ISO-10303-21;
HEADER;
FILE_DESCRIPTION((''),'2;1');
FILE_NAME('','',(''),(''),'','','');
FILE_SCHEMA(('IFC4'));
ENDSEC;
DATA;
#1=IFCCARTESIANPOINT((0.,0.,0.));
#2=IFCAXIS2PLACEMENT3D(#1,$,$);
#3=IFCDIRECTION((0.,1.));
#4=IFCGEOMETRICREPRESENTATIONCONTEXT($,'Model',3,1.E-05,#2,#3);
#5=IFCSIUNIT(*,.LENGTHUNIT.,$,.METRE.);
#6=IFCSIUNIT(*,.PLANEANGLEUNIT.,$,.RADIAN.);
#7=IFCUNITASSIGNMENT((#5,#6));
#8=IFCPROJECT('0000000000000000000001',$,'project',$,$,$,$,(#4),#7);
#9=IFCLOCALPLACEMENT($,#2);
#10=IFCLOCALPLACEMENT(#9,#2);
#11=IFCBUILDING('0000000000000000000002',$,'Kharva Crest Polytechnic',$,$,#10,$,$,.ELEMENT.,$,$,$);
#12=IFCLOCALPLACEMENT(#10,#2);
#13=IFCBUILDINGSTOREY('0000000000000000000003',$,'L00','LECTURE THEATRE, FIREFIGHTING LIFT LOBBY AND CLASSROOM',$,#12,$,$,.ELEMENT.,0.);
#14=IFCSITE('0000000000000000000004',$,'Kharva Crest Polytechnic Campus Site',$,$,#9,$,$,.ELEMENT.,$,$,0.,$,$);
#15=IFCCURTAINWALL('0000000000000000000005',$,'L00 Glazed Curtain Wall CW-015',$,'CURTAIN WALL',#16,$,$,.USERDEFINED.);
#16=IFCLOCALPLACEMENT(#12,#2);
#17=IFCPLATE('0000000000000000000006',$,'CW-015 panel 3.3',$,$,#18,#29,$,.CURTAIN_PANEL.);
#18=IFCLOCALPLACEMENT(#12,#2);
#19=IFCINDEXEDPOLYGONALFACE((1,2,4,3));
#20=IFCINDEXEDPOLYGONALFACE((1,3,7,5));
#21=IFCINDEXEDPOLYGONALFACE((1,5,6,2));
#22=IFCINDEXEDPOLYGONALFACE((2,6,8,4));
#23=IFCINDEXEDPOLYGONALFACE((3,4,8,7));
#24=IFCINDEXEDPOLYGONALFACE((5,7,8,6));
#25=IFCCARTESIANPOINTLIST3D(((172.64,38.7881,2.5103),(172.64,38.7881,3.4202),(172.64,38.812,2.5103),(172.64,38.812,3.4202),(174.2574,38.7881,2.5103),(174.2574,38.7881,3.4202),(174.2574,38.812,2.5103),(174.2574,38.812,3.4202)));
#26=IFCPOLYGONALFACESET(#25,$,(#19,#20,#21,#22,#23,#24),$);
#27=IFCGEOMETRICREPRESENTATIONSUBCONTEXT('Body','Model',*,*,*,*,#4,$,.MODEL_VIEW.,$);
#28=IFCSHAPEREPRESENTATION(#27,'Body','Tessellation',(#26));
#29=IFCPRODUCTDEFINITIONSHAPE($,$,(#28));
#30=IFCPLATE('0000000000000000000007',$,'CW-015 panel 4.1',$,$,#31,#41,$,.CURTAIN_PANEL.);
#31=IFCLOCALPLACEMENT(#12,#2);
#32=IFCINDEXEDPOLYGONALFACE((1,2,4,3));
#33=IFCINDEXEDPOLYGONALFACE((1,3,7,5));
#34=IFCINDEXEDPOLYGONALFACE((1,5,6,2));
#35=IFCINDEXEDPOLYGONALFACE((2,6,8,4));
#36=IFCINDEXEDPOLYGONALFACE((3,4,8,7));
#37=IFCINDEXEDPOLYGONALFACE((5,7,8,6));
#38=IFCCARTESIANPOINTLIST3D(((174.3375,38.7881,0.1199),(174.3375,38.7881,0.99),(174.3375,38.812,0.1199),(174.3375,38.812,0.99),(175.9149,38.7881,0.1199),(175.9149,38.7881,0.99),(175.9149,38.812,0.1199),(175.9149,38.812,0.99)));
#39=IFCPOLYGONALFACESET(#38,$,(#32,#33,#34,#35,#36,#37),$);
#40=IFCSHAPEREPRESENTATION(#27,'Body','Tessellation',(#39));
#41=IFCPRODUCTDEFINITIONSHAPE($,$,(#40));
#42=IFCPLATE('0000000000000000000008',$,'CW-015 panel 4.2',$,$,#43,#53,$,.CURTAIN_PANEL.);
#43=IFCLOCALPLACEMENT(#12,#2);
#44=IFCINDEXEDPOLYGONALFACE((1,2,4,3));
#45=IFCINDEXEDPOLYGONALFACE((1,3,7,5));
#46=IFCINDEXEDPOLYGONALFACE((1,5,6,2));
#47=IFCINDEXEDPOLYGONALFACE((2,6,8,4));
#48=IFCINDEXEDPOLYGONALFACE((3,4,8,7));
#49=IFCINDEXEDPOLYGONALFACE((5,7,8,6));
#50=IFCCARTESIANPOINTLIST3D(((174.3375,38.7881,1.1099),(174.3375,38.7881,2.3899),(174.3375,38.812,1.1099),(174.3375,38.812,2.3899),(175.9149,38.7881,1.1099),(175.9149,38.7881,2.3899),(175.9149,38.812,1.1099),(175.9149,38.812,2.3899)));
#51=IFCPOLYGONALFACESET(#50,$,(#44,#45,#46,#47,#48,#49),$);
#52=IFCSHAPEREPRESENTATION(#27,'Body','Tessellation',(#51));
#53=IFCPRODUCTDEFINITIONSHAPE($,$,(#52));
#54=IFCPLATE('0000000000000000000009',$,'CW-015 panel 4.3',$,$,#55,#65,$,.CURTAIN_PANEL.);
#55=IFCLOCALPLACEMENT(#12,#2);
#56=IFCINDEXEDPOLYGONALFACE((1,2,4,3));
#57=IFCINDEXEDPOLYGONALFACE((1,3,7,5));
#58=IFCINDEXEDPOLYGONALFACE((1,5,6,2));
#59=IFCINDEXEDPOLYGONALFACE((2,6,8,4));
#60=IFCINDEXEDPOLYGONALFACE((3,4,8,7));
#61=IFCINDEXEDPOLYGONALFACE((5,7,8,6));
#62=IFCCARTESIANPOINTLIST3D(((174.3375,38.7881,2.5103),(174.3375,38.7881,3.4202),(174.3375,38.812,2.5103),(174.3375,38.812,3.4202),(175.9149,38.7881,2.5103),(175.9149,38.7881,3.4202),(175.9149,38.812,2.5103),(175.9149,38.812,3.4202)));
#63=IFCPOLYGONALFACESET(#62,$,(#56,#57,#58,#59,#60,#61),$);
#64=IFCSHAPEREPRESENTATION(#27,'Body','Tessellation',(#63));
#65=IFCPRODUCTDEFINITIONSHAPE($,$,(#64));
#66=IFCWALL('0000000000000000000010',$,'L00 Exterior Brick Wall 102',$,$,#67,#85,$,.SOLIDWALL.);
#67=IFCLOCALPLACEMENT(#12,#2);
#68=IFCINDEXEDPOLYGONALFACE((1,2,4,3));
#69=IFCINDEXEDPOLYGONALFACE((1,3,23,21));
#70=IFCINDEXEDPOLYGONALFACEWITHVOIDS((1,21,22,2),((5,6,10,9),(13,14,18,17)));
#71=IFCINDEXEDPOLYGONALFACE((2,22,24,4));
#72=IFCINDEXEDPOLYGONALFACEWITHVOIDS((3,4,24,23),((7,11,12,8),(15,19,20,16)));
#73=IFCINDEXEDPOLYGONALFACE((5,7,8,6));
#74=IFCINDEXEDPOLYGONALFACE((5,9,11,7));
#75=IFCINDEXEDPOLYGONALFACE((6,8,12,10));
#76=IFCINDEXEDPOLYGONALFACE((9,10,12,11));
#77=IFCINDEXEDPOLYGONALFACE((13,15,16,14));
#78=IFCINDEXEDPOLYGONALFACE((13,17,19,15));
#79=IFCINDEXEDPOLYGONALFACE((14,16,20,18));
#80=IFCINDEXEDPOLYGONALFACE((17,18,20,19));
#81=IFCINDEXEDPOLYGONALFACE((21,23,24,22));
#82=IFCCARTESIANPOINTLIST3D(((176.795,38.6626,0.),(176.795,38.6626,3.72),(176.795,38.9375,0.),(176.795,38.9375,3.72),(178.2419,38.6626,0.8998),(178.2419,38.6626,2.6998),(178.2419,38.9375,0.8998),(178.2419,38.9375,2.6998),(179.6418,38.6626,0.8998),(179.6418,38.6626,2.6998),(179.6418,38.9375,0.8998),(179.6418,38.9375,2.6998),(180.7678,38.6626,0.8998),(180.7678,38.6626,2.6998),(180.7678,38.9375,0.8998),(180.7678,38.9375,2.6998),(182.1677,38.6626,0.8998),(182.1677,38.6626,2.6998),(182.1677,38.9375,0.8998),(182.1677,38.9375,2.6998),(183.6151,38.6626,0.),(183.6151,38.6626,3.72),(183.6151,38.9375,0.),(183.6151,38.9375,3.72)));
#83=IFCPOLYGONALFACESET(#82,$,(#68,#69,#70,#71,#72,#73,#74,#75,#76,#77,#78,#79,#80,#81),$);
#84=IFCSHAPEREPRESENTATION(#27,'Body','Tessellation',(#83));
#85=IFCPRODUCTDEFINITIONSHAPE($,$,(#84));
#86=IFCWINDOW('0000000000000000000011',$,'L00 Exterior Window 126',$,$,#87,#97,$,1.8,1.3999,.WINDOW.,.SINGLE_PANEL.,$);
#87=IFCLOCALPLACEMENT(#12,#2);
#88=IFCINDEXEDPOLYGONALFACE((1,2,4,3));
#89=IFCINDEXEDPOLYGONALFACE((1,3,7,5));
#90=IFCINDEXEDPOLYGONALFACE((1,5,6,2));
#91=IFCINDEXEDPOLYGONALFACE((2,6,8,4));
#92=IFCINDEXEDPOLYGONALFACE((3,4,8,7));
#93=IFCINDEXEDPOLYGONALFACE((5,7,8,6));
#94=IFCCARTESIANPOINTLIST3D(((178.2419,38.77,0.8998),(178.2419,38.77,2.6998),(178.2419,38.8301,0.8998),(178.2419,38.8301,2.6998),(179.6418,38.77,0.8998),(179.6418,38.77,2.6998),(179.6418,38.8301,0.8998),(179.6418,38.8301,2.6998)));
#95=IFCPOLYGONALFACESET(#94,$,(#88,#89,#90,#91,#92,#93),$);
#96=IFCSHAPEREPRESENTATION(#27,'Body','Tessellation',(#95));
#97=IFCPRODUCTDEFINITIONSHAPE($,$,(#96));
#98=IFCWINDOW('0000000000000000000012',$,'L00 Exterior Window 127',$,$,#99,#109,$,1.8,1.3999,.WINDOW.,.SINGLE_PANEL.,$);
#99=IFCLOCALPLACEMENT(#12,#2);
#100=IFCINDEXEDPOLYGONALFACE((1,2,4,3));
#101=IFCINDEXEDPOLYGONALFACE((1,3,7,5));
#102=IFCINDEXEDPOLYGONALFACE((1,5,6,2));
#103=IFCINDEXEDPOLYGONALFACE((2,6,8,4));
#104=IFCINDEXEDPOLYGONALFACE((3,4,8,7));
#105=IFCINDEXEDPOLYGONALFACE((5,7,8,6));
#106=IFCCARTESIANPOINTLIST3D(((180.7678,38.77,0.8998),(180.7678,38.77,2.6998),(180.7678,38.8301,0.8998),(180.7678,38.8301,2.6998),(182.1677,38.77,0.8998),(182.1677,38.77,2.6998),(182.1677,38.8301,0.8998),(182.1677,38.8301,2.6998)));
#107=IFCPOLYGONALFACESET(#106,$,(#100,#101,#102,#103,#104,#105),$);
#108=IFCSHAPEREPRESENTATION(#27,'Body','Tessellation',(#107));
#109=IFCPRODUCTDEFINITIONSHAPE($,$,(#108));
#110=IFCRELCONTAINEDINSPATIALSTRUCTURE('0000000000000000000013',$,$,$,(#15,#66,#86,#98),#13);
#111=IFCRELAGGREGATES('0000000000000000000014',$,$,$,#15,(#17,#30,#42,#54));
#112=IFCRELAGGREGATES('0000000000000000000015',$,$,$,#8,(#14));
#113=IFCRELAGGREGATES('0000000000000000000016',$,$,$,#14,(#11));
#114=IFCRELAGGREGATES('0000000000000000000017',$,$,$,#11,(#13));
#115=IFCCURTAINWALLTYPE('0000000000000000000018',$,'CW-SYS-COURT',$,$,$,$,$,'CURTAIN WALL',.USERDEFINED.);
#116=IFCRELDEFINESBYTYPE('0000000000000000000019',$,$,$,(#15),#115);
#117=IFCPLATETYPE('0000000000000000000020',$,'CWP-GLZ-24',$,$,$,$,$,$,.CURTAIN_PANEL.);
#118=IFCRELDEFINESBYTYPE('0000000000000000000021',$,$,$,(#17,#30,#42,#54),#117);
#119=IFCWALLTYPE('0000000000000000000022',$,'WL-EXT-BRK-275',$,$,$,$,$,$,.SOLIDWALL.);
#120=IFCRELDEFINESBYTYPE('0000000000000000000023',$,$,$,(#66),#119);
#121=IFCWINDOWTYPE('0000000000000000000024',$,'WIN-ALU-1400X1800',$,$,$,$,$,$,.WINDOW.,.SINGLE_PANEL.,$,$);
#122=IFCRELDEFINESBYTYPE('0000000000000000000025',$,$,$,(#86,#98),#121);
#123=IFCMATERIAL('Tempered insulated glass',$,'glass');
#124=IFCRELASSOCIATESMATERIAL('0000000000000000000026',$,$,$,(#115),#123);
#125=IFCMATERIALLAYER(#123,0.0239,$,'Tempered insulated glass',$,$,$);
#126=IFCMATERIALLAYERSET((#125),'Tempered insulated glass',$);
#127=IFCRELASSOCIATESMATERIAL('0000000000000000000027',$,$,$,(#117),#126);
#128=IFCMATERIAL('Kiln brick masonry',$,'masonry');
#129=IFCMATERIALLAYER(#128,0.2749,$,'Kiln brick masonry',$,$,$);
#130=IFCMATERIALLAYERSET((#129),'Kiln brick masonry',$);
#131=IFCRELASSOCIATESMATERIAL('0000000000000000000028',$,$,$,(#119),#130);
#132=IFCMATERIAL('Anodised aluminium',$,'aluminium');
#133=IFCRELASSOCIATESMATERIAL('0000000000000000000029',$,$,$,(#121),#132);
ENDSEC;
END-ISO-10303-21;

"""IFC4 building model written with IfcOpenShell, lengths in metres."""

from ifc_helpers import new_model, si_unit, direction, frame, frame_2d, origin, origin_2d, place, context, subcontext, project, spatial, rectangle, extrude, material, layer, layer_set, type_object, element, fill, aggregate, save


model = new_model("IFC4")

# Units and contexts
model_context = context("Model", 3, precision=1e-05, world=origin(), true_north=direction((0.0, 1.0)))
body_context = subcontext(model_context, "Body", "Model", "MODEL_VIEW")
ifc_project = project(units=[si_unit("LENGTHUNIT", "METRE"), si_unit("PLANEANGLEUNIT", "RADIAN")], contexts=[model_context])

# Site, building, storey
site_placement = place(None, origin())
site = spatial("IfcSite", under=ifc_project, at=site_placement, Name="Kharva Crest Polytechnic Campus Site", CompositionType="ELEMENT", RefElevation=0.0)
building_placement = place(site_placement, origin())
building = spatial("IfcBuilding", under=site, at=building_placement, Name="Kharva Crest Polytechnic", CompositionType="ELEMENT")
storey_placement = place(building_placement, origin())
storey = spatial("IfcBuildingStorey", under=building, at=storey_placement, Name="L00", Description="LECTURE THEATRE, FIREFIGHTING LIFT LOBBY AND CLASSROOM", CompositionType="ELEMENT", Elevation=0.0)

# Curtain wall
ifc_material_1 = material(Name="Tempered insulated glass", Category="glass")
curtain_wall_type = type_object("IfcCurtainWallType", Name="CW-SYS-COURT", ElementType="CURTAIN WALL", PredefinedType="USERDEFINED", material=ifc_material_1)
curtain_wall_placement = place(storey_placement, origin())
curtain_wall = element("IfcCurtainWall", 1, at=curtain_wall_placement, inside=storey, type_object=curtain_wall_type, Name="L00 Glazed Curtain Wall CW-015", ObjectType="CURTAIN WALL", PredefinedType="USERDEFINED")

# Plates
ifc_layer_1 = layer(ifc_material_1, 0.0239, Name="Tempered insulated glass")
ifc_layer_set_1 = layer_set([ifc_layer_1], Name="Tempered insulated glass")
plate_type = type_object("IfcPlateType", Name="CWP-GLZ-24", PredefinedType="CURTAIN_PANEL", material=ifc_layer_set_1)
plate_1_placement = place(storey_placement, frame((173.4487, 38.8, 2.5103), z_axis=(0.0, 0.0, 1.0), x_axis=(1.0, 0.0, 0.0)))
plate_1 = element("IfcPlate", 2, at=plate_1_placement, type_object=plate_type, Name="CW-015 panel 3.3", PredefinedType="CURTAIN_PANEL", context=body_context, shape_type="SweptSolid", body=[
    extrude(rectangle(XDim=1.6174, YDim=0.0239, at=origin_2d()), origin(), (0.0, 0.0, 1.0), 0.9099),
])
plate_2_placement = place(storey_placement, frame((175.1262, 38.8, 0.1199), z_axis=(0.0, 0.0, 1.0), x_axis=(1.0, 0.0, 0.0)))
plate_2 = element("IfcPlate", 3, at=plate_2_placement, type_object=plate_type, Name="CW-015 panel 4.1", PredefinedType="CURTAIN_PANEL", context=body_context, shape_type="SweptSolid", body=[
    extrude(rectangle(XDim=1.5774, YDim=0.0239, at=origin_2d()), origin(), (0.0, 0.0, 1.0), 0.8701),
])
plate_3_placement = place(storey_placement, frame((175.1262, 38.8, 1.1099), z_axis=(0.0, 0.0, 1.0), x_axis=(1.0, 0.0, 0.0)))
plate_3 = element("IfcPlate", 4, at=plate_3_placement, type_object=plate_type, Name="CW-015 panel 4.2", PredefinedType="CURTAIN_PANEL", context=body_context, shape_type="SweptSolid", body=[
    extrude(rectangle(XDim=1.5774, YDim=0.0239, at=origin_2d()), origin(), (0.0, 0.0, 1.0), 1.28),
])
plate_4_placement = place(storey_placement, frame((175.1262, 38.8, 2.5103), z_axis=(0.0, 0.0, 1.0), x_axis=(1.0, 0.0, 0.0)))
plate_4 = element("IfcPlate", 5, at=plate_4_placement, type_object=plate_type, Name="CW-015 panel 4.3", PredefinedType="CURTAIN_PANEL", context=body_context, shape_type="SweptSolid", body=[
    extrude(rectangle(XDim=1.5774, YDim=0.0239, at=origin_2d()), origin(), (0.0, 0.0, 1.0), 0.9099),
])
aggregate(curtain_wall, [plate_1, plate_2, plate_3, plate_4])

# Wall, openings, windows
ifc_material_2 = material(Name="Kiln brick masonry", Category="masonry")
ifc_layer_2 = layer(ifc_material_2, 0.2749, Name="Kiln brick masonry")
ifc_layer_set_2 = layer_set([ifc_layer_2], Name="Kiln brick masonry")
wall_type = type_object("IfcWallType", Name="WL-EXT-BRK-275", PredefinedType="SOLIDWALL", material=ifc_layer_set_2)
wall_placement = place(storey_placement, frame((176.7949, 38.8, 0.0), z_axis=(0.0, 0.0, 1.0), x_axis=(1.0, 0.0, 0.0)))
wall = element("IfcWall", 6, at=wall_placement, inside=storey, type_object=wall_type, Name="L00 Exterior Brick Wall 102", PredefinedType="SOLIDWALL", context=body_context, shape_type="SweptSolid", body=[
    extrude(rectangle(XDim=6.8201, YDim=0.2749, at=frame_2d((3.4102, 0.0))), origin(), (0.0, 0.0, 1.0), 3.72),
])
opening_1_placement = place(wall_placement, frame((1.447, 0.0, 0.8999)))
opening_1 = element("IfcOpeningElement", 7, at=opening_1_placement, cuts=wall, PredefinedType="OPENING", context=body_context, shape_type="SweptSolid", body=[
    extrude(rectangle(XDim=1.3999, YDim=1.8, at=frame_2d((0.7, 0.8999))), frame((0.0, 0.1475, 0.0), z_axis=(0.0, -1.0, 0.0), x_axis=(1.0, 0.0, 0.0)), (0.0, 0.0, 1.0), 0.2949),
])
opening_2_placement = place(wall_placement, frame((3.9729, 0.0, 0.8999)))
opening_2 = element("IfcOpeningElement", 8, at=opening_2_placement, cuts=wall, PredefinedType="OPENING", context=body_context, shape_type="SweptSolid", body=[
    extrude(rectangle(XDim=1.3999, YDim=1.8, at=frame_2d((0.7, 0.8999))), frame((0.0, 0.1475, 0.0), z_axis=(0.0, -1.0, 0.0), x_axis=(1.0, 0.0, 0.0)), (0.0, 0.0, 1.0), 0.2949),
])
ifc_material_3 = material(Name="Anodised aluminium", Category="aluminium")
window_type = type_object("IfcWindowType", Name="WIN-ALU-1400X1800", PartitioningType="SINGLE_PANEL", PredefinedType="WINDOW", material=ifc_material_3)
window_1_placement = place(opening_1_placement, origin())
window_1 = element("IfcWindow", 9, at=window_1_placement, inside=storey, type_object=window_type, Name="L00 Exterior Window 126", OverallHeight=1.8, OverallWidth=1.3999, PartitioningType="SINGLE_PANEL", PredefinedType="WINDOW", context=body_context, shape_type="SweptSolid", body=[
    extrude(rectangle(XDim=1.3999, YDim=1.8, at=frame_2d((0.7, 0.8999))), frame((0.0, 0.03, 0.0), z_axis=(0.0, -1.0, 0.0), x_axis=(1.0, 0.0, 0.0)), (0.0, 0.0, 1.0), 0.0601),
])
fill(opening_1, window_1)
window_2_placement = place(opening_2_placement, origin())
window_2 = element("IfcWindow", 10, at=window_2_placement, inside=storey, type_object=window_type, Name="L00 Exterior Window 127", OverallHeight=1.8, OverallWidth=1.3999, PartitioningType="SINGLE_PANEL", PredefinedType="WINDOW", context=body_context, shape_type="SweptSolid", body=[
    extrude(rectangle(XDim=1.3999, YDim=1.8, at=frame_2d((0.7, 0.8999))), frame((0.0, 0.03, 0.0), z_axis=(0.0, -1.0, 0.0), x_axis=(1.0, 0.0, 0.0)), (0.0, 0.0, 1.0), 0.0601),
])
fill(opening_2, window_2)

save(model, "model.ifc")
